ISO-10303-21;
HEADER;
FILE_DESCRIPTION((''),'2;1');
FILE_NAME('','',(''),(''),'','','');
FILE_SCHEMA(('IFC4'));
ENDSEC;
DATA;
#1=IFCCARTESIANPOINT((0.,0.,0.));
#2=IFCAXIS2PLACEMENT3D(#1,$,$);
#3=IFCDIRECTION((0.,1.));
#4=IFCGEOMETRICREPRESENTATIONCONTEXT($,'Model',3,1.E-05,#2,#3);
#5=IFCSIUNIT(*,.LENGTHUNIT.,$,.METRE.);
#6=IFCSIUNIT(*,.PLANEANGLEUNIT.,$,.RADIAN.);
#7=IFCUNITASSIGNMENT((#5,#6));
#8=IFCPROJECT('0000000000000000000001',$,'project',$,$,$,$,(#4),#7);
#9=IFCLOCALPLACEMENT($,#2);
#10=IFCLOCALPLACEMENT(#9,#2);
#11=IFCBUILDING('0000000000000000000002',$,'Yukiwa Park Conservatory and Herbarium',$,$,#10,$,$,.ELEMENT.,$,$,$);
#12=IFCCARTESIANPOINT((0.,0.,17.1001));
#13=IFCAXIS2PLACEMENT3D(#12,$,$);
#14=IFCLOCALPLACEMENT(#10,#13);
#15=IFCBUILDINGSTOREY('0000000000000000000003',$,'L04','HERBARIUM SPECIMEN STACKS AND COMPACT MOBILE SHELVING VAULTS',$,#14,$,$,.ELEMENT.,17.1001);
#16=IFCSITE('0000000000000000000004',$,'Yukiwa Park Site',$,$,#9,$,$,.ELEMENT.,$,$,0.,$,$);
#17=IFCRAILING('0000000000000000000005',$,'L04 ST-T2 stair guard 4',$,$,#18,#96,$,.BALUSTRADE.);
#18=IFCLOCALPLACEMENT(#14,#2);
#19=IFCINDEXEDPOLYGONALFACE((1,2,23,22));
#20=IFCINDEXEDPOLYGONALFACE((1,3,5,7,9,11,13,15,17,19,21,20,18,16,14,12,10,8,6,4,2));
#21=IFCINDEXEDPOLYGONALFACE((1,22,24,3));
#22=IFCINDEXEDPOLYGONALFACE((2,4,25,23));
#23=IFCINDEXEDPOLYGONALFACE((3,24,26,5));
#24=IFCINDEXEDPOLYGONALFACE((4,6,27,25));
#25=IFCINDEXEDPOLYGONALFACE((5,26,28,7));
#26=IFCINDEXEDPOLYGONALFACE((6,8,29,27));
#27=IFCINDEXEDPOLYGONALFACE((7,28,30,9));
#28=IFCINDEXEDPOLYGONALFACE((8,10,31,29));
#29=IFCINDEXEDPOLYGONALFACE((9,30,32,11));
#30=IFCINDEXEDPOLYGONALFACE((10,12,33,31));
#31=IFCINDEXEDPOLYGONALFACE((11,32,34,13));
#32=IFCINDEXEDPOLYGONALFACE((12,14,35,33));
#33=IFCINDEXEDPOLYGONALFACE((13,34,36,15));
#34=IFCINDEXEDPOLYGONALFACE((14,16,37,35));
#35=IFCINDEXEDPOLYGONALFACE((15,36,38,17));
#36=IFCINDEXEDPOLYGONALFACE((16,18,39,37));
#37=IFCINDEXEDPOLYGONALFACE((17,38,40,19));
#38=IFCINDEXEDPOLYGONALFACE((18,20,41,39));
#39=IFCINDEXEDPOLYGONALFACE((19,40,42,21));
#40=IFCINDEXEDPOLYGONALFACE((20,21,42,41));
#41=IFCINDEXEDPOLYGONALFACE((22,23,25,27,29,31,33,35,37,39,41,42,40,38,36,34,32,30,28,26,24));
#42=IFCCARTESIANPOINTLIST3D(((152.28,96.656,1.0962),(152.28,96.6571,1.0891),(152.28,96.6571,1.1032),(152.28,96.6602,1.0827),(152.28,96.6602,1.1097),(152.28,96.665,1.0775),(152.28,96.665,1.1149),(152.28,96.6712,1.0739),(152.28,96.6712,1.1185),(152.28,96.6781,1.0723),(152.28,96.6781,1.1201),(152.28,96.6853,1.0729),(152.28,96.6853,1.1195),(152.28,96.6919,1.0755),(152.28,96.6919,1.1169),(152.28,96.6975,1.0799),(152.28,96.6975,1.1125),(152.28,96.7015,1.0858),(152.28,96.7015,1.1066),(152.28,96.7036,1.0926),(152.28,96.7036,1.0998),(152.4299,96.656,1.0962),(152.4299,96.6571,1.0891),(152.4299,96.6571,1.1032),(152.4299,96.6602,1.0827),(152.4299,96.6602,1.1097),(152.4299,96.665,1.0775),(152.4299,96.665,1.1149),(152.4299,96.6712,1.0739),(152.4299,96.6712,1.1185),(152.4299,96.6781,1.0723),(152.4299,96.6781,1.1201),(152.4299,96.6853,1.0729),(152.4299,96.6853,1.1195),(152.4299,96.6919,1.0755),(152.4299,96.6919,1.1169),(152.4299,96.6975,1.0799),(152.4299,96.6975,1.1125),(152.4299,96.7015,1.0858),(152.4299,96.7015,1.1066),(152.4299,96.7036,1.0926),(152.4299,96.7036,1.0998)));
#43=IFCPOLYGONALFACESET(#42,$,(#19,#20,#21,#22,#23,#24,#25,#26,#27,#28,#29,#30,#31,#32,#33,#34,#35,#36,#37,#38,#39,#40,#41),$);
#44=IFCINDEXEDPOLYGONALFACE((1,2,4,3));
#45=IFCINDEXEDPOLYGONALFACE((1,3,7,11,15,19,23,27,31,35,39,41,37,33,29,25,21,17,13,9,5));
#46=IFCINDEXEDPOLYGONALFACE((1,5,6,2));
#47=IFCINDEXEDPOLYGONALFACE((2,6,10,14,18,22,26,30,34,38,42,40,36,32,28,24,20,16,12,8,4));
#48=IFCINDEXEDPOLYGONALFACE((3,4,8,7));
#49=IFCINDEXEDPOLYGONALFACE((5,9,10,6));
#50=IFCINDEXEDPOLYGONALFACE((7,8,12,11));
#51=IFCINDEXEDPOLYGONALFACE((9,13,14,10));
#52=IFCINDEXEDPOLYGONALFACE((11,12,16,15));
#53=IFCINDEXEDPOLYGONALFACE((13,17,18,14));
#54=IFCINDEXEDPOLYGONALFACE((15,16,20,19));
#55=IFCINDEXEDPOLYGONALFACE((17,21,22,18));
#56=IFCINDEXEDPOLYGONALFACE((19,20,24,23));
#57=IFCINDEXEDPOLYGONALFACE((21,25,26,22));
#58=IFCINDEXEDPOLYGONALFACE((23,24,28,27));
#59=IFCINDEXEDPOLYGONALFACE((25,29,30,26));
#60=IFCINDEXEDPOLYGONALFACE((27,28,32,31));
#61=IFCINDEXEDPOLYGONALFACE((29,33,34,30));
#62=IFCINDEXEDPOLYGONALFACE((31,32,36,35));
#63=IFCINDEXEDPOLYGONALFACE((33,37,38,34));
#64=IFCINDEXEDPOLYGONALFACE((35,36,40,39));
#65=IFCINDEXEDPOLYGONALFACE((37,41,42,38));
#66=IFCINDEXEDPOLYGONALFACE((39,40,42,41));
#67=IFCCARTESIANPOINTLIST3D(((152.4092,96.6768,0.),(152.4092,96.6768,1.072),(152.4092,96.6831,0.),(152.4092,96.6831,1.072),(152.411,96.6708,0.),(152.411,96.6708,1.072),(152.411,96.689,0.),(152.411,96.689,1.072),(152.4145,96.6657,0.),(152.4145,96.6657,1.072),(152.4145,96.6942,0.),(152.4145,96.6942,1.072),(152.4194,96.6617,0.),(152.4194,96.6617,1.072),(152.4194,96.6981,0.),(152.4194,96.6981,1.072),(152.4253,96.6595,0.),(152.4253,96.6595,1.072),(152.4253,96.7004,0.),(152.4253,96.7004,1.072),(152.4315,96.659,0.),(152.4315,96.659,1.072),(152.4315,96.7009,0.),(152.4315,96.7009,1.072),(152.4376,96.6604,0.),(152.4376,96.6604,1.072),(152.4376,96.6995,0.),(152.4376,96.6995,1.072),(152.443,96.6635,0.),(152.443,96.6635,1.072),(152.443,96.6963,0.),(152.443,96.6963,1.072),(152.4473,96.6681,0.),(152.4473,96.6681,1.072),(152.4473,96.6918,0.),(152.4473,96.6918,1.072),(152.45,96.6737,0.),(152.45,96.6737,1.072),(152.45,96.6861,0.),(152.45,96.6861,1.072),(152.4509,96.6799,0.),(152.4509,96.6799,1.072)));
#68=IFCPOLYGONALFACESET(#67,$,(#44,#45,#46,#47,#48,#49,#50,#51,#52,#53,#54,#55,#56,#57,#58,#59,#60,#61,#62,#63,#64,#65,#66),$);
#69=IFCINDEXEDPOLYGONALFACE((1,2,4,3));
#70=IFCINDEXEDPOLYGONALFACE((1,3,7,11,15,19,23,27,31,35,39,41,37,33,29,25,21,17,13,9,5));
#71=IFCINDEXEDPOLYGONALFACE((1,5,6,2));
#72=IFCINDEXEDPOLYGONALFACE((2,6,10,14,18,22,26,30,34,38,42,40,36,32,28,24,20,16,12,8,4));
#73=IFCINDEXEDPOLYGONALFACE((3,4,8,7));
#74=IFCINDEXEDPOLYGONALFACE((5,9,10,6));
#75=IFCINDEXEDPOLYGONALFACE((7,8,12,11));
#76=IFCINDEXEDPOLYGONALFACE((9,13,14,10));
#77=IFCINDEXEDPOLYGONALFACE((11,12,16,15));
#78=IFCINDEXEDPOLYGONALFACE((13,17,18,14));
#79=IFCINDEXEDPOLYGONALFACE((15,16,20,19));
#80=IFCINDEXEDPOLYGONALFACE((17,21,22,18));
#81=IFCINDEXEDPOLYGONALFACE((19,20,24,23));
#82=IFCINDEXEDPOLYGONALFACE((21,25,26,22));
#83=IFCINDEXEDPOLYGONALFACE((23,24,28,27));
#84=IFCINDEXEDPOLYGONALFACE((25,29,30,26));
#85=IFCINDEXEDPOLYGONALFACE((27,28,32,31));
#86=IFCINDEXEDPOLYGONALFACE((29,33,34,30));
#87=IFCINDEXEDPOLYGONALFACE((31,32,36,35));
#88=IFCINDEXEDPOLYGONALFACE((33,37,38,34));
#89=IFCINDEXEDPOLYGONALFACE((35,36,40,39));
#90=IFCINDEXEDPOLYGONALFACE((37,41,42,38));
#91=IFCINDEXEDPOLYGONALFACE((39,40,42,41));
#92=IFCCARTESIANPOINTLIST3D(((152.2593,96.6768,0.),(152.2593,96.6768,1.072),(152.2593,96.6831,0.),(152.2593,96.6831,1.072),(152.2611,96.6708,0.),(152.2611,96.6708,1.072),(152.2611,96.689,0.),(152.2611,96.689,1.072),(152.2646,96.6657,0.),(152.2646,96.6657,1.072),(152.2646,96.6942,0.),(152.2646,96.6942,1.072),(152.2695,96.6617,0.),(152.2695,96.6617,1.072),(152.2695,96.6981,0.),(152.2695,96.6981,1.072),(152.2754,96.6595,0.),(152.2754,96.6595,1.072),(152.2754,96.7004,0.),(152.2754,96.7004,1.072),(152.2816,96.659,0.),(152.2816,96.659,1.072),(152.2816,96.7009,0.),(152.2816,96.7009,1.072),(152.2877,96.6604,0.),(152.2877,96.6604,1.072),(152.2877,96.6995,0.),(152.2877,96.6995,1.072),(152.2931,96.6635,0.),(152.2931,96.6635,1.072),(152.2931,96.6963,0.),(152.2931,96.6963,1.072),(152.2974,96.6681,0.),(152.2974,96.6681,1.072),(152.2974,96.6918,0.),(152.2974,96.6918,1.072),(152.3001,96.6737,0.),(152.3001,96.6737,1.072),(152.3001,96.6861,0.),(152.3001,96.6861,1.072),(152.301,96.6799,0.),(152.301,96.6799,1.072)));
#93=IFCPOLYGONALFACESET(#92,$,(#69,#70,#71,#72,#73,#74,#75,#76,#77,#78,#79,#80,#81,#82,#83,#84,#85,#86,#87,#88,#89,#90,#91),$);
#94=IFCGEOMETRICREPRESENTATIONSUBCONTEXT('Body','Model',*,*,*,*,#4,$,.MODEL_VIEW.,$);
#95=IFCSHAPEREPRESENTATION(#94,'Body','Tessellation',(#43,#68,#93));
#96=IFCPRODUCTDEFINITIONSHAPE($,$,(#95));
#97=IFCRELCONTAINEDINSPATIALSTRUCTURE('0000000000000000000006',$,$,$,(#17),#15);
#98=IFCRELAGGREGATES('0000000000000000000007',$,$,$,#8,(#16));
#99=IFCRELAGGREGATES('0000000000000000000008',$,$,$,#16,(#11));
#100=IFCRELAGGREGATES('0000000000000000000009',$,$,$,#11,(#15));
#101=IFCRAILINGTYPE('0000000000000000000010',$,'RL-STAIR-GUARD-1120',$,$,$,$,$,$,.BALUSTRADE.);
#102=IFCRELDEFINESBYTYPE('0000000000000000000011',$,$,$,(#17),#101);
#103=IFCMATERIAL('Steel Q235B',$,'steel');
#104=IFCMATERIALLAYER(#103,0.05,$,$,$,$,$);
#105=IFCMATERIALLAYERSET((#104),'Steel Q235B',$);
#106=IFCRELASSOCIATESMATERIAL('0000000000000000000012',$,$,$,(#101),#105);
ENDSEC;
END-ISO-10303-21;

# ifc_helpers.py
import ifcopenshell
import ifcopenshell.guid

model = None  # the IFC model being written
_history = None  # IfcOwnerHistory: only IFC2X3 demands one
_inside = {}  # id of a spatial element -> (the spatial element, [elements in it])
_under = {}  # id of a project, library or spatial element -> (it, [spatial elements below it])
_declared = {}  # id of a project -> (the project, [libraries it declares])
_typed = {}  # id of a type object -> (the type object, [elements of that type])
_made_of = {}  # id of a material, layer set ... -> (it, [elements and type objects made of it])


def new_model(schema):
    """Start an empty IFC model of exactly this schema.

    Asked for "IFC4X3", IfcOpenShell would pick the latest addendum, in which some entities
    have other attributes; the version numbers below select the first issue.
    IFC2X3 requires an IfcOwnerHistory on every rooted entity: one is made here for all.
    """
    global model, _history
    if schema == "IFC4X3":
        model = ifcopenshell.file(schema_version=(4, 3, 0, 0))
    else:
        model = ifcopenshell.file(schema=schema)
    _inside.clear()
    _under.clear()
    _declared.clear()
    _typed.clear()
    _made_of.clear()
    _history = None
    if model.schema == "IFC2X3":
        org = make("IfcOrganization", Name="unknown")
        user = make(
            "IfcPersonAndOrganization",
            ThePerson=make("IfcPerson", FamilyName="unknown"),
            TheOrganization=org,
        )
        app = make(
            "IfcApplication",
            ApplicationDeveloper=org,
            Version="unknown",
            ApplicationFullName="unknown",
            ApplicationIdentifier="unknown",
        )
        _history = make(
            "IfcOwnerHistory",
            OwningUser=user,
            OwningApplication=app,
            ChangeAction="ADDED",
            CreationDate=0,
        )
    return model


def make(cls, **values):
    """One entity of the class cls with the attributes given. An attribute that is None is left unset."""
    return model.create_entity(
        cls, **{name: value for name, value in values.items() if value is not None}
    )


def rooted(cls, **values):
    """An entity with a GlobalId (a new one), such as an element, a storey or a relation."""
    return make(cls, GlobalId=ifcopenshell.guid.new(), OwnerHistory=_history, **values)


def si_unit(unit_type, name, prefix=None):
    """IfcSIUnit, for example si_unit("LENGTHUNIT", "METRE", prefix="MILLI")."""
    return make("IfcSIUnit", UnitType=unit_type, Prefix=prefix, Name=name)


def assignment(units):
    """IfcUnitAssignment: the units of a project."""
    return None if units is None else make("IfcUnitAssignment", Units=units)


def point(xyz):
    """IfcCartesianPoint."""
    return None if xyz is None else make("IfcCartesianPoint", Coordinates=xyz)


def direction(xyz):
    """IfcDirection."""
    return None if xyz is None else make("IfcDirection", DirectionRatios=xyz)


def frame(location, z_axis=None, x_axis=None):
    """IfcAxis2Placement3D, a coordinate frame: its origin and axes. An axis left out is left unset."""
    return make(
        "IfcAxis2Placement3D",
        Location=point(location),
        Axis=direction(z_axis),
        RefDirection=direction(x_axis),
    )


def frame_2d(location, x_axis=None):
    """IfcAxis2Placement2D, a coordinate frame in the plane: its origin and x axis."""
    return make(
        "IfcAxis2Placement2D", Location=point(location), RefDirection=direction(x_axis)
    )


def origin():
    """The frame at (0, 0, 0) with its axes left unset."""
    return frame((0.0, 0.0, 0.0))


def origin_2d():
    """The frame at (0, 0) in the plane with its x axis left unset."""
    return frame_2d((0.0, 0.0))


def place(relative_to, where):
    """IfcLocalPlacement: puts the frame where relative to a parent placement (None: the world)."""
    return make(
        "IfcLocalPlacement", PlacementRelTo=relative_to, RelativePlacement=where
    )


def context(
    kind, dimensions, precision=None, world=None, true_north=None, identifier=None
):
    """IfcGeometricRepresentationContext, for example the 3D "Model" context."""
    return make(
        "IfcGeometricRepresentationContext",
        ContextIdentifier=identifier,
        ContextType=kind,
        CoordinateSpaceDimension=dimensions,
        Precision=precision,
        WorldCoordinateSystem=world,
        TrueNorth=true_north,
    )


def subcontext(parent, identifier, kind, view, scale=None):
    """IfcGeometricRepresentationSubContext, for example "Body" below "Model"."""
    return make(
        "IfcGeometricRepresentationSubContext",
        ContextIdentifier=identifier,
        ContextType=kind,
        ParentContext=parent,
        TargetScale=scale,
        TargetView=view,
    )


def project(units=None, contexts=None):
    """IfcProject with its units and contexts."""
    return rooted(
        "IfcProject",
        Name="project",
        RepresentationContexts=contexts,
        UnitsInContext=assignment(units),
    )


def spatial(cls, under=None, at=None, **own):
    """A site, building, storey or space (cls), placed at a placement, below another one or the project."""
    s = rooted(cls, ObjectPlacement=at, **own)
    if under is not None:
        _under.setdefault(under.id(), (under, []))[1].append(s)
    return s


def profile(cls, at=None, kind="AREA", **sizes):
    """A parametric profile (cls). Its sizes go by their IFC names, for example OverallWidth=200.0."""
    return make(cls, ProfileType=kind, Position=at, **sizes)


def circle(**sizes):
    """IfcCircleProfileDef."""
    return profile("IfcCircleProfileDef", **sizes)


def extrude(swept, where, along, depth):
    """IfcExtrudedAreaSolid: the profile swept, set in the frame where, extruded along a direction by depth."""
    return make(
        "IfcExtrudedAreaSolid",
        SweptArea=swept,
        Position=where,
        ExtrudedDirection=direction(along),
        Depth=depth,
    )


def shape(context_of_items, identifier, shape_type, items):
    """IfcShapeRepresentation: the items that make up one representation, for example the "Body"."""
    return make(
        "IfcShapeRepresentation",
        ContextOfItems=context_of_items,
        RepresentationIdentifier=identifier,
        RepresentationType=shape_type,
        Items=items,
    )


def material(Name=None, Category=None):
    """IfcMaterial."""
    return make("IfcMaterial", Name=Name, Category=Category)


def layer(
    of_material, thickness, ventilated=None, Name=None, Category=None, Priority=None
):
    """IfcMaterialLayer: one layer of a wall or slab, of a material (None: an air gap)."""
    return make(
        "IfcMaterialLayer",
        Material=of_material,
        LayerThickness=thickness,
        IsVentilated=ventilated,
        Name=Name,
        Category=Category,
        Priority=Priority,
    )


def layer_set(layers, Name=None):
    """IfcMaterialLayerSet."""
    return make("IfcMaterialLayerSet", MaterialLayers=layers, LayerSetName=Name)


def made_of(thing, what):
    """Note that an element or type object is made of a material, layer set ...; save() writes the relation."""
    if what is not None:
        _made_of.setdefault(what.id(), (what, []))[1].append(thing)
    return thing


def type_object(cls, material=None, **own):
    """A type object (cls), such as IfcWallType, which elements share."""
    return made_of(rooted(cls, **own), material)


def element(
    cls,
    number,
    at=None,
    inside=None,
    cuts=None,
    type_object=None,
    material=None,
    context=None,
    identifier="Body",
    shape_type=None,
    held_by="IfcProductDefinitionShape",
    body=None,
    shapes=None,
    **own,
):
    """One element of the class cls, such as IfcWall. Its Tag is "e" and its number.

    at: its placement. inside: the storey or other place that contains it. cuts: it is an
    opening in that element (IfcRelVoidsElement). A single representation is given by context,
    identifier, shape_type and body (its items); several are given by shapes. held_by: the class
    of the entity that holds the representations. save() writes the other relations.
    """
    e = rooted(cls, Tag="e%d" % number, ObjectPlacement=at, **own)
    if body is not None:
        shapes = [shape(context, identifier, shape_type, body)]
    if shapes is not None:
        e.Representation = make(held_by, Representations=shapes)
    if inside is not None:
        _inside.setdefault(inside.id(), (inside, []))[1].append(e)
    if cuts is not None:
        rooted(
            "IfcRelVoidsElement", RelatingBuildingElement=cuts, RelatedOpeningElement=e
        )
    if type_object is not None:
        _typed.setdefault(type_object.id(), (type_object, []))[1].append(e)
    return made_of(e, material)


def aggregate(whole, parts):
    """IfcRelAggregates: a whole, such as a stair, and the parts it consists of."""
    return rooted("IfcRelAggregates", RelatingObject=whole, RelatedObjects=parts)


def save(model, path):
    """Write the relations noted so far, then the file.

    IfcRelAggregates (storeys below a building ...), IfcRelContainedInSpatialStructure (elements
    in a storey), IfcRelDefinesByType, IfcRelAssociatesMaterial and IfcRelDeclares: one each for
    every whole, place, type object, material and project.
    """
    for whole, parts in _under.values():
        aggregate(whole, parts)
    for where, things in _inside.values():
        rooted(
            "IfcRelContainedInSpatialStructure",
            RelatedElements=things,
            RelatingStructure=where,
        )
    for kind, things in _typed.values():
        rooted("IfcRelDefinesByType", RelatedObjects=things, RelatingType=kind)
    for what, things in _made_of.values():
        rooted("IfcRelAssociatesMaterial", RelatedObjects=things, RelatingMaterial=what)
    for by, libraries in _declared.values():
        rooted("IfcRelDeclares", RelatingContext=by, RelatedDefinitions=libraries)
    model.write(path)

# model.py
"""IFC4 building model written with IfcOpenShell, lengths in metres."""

from ifc_helpers import new_model, si_unit, direction, frame, origin, origin_2d, place, context, subcontext, project, spatial, circle, extrude, material, layer, layer_set, type_object, element, save


model = new_model("IFC4")

# Units and contexts
model_context = context("Model", 3, precision=1e-05, world=origin(), true_north=direction((0.0, 1.0)))
body_context = subcontext(model_context, "Body", "Model", "MODEL_VIEW")
ifc_project = project(units=[si_unit("LENGTHUNIT", "METRE"), si_unit("PLANEANGLEUNIT", "RADIAN")], contexts=[model_context])

# Site, building, storey
site_placement = place(None, origin())
site = spatial("IfcSite", under=ifc_project, at=site_placement, Name="Yukiwa Park Site", CompositionType="ELEMENT", RefElevation=0.0)
building_placement = place(site_placement, origin())
building = spatial("IfcBuilding", under=site, at=building_placement, Name="Yukiwa Park Conservatory and Herbarium", CompositionType="ELEMENT")
storey_placement = place(building_placement, frame((0.0, 0.0, 17.1001)))
storey = spatial("IfcBuildingStorey", under=building, at=storey_placement, Name="L04", Description="HERBARIUM SPECIMEN STACKS AND COMPACT MOBILE SHELVING VAULTS", CompositionType="ELEMENT", Elevation=17.1001)

# Railing
ifc_material_1 = material(Name="Steel Q235B", Category="steel")
ifc_layer_1 = layer(ifc_material_1, 0.05)
ifc_layer_set_1 = layer_set([ifc_layer_1], Name="Steel Q235B")
railing_type_1 = type_object("IfcRailingType", Name="RL-STAIR-GUARD-1120", PredefinedType="BALUSTRADE", material=ifc_layer_set_1)
railing_1_placement = place(storey_placement, frame((152.4299, 96.6799, 0.0)))
element("IfcRailing", 1, at=railing_1_placement, inside=storey, type_object=railing_type_1, Name="L04 ST-T2 stair guard 4", PredefinedType="BALUSTRADE", context=body_context, shape_type="SweptSolid", body=[
    extrude(circle(Radius=0.0239, at=origin_2d()), frame((0.0, 0.0, 1.0962), z_axis=(-1.0, 0.0, 0.0), x_axis=(0.0, -1.0, 0.0)), (0.0, 0.0, 1.0), 0.1499),
    extrude(circle(Radius=0.021, at=origin_2d()), origin(), (0.0, 0.0, 1.0), 1.072),
    extrude(circle(Radius=0.021, at=origin_2d()), frame((-0.1499, 0.0, 0.0)), (0.0, 0.0, 1.0), 1.072),
])

save(model, "model.ifc")
